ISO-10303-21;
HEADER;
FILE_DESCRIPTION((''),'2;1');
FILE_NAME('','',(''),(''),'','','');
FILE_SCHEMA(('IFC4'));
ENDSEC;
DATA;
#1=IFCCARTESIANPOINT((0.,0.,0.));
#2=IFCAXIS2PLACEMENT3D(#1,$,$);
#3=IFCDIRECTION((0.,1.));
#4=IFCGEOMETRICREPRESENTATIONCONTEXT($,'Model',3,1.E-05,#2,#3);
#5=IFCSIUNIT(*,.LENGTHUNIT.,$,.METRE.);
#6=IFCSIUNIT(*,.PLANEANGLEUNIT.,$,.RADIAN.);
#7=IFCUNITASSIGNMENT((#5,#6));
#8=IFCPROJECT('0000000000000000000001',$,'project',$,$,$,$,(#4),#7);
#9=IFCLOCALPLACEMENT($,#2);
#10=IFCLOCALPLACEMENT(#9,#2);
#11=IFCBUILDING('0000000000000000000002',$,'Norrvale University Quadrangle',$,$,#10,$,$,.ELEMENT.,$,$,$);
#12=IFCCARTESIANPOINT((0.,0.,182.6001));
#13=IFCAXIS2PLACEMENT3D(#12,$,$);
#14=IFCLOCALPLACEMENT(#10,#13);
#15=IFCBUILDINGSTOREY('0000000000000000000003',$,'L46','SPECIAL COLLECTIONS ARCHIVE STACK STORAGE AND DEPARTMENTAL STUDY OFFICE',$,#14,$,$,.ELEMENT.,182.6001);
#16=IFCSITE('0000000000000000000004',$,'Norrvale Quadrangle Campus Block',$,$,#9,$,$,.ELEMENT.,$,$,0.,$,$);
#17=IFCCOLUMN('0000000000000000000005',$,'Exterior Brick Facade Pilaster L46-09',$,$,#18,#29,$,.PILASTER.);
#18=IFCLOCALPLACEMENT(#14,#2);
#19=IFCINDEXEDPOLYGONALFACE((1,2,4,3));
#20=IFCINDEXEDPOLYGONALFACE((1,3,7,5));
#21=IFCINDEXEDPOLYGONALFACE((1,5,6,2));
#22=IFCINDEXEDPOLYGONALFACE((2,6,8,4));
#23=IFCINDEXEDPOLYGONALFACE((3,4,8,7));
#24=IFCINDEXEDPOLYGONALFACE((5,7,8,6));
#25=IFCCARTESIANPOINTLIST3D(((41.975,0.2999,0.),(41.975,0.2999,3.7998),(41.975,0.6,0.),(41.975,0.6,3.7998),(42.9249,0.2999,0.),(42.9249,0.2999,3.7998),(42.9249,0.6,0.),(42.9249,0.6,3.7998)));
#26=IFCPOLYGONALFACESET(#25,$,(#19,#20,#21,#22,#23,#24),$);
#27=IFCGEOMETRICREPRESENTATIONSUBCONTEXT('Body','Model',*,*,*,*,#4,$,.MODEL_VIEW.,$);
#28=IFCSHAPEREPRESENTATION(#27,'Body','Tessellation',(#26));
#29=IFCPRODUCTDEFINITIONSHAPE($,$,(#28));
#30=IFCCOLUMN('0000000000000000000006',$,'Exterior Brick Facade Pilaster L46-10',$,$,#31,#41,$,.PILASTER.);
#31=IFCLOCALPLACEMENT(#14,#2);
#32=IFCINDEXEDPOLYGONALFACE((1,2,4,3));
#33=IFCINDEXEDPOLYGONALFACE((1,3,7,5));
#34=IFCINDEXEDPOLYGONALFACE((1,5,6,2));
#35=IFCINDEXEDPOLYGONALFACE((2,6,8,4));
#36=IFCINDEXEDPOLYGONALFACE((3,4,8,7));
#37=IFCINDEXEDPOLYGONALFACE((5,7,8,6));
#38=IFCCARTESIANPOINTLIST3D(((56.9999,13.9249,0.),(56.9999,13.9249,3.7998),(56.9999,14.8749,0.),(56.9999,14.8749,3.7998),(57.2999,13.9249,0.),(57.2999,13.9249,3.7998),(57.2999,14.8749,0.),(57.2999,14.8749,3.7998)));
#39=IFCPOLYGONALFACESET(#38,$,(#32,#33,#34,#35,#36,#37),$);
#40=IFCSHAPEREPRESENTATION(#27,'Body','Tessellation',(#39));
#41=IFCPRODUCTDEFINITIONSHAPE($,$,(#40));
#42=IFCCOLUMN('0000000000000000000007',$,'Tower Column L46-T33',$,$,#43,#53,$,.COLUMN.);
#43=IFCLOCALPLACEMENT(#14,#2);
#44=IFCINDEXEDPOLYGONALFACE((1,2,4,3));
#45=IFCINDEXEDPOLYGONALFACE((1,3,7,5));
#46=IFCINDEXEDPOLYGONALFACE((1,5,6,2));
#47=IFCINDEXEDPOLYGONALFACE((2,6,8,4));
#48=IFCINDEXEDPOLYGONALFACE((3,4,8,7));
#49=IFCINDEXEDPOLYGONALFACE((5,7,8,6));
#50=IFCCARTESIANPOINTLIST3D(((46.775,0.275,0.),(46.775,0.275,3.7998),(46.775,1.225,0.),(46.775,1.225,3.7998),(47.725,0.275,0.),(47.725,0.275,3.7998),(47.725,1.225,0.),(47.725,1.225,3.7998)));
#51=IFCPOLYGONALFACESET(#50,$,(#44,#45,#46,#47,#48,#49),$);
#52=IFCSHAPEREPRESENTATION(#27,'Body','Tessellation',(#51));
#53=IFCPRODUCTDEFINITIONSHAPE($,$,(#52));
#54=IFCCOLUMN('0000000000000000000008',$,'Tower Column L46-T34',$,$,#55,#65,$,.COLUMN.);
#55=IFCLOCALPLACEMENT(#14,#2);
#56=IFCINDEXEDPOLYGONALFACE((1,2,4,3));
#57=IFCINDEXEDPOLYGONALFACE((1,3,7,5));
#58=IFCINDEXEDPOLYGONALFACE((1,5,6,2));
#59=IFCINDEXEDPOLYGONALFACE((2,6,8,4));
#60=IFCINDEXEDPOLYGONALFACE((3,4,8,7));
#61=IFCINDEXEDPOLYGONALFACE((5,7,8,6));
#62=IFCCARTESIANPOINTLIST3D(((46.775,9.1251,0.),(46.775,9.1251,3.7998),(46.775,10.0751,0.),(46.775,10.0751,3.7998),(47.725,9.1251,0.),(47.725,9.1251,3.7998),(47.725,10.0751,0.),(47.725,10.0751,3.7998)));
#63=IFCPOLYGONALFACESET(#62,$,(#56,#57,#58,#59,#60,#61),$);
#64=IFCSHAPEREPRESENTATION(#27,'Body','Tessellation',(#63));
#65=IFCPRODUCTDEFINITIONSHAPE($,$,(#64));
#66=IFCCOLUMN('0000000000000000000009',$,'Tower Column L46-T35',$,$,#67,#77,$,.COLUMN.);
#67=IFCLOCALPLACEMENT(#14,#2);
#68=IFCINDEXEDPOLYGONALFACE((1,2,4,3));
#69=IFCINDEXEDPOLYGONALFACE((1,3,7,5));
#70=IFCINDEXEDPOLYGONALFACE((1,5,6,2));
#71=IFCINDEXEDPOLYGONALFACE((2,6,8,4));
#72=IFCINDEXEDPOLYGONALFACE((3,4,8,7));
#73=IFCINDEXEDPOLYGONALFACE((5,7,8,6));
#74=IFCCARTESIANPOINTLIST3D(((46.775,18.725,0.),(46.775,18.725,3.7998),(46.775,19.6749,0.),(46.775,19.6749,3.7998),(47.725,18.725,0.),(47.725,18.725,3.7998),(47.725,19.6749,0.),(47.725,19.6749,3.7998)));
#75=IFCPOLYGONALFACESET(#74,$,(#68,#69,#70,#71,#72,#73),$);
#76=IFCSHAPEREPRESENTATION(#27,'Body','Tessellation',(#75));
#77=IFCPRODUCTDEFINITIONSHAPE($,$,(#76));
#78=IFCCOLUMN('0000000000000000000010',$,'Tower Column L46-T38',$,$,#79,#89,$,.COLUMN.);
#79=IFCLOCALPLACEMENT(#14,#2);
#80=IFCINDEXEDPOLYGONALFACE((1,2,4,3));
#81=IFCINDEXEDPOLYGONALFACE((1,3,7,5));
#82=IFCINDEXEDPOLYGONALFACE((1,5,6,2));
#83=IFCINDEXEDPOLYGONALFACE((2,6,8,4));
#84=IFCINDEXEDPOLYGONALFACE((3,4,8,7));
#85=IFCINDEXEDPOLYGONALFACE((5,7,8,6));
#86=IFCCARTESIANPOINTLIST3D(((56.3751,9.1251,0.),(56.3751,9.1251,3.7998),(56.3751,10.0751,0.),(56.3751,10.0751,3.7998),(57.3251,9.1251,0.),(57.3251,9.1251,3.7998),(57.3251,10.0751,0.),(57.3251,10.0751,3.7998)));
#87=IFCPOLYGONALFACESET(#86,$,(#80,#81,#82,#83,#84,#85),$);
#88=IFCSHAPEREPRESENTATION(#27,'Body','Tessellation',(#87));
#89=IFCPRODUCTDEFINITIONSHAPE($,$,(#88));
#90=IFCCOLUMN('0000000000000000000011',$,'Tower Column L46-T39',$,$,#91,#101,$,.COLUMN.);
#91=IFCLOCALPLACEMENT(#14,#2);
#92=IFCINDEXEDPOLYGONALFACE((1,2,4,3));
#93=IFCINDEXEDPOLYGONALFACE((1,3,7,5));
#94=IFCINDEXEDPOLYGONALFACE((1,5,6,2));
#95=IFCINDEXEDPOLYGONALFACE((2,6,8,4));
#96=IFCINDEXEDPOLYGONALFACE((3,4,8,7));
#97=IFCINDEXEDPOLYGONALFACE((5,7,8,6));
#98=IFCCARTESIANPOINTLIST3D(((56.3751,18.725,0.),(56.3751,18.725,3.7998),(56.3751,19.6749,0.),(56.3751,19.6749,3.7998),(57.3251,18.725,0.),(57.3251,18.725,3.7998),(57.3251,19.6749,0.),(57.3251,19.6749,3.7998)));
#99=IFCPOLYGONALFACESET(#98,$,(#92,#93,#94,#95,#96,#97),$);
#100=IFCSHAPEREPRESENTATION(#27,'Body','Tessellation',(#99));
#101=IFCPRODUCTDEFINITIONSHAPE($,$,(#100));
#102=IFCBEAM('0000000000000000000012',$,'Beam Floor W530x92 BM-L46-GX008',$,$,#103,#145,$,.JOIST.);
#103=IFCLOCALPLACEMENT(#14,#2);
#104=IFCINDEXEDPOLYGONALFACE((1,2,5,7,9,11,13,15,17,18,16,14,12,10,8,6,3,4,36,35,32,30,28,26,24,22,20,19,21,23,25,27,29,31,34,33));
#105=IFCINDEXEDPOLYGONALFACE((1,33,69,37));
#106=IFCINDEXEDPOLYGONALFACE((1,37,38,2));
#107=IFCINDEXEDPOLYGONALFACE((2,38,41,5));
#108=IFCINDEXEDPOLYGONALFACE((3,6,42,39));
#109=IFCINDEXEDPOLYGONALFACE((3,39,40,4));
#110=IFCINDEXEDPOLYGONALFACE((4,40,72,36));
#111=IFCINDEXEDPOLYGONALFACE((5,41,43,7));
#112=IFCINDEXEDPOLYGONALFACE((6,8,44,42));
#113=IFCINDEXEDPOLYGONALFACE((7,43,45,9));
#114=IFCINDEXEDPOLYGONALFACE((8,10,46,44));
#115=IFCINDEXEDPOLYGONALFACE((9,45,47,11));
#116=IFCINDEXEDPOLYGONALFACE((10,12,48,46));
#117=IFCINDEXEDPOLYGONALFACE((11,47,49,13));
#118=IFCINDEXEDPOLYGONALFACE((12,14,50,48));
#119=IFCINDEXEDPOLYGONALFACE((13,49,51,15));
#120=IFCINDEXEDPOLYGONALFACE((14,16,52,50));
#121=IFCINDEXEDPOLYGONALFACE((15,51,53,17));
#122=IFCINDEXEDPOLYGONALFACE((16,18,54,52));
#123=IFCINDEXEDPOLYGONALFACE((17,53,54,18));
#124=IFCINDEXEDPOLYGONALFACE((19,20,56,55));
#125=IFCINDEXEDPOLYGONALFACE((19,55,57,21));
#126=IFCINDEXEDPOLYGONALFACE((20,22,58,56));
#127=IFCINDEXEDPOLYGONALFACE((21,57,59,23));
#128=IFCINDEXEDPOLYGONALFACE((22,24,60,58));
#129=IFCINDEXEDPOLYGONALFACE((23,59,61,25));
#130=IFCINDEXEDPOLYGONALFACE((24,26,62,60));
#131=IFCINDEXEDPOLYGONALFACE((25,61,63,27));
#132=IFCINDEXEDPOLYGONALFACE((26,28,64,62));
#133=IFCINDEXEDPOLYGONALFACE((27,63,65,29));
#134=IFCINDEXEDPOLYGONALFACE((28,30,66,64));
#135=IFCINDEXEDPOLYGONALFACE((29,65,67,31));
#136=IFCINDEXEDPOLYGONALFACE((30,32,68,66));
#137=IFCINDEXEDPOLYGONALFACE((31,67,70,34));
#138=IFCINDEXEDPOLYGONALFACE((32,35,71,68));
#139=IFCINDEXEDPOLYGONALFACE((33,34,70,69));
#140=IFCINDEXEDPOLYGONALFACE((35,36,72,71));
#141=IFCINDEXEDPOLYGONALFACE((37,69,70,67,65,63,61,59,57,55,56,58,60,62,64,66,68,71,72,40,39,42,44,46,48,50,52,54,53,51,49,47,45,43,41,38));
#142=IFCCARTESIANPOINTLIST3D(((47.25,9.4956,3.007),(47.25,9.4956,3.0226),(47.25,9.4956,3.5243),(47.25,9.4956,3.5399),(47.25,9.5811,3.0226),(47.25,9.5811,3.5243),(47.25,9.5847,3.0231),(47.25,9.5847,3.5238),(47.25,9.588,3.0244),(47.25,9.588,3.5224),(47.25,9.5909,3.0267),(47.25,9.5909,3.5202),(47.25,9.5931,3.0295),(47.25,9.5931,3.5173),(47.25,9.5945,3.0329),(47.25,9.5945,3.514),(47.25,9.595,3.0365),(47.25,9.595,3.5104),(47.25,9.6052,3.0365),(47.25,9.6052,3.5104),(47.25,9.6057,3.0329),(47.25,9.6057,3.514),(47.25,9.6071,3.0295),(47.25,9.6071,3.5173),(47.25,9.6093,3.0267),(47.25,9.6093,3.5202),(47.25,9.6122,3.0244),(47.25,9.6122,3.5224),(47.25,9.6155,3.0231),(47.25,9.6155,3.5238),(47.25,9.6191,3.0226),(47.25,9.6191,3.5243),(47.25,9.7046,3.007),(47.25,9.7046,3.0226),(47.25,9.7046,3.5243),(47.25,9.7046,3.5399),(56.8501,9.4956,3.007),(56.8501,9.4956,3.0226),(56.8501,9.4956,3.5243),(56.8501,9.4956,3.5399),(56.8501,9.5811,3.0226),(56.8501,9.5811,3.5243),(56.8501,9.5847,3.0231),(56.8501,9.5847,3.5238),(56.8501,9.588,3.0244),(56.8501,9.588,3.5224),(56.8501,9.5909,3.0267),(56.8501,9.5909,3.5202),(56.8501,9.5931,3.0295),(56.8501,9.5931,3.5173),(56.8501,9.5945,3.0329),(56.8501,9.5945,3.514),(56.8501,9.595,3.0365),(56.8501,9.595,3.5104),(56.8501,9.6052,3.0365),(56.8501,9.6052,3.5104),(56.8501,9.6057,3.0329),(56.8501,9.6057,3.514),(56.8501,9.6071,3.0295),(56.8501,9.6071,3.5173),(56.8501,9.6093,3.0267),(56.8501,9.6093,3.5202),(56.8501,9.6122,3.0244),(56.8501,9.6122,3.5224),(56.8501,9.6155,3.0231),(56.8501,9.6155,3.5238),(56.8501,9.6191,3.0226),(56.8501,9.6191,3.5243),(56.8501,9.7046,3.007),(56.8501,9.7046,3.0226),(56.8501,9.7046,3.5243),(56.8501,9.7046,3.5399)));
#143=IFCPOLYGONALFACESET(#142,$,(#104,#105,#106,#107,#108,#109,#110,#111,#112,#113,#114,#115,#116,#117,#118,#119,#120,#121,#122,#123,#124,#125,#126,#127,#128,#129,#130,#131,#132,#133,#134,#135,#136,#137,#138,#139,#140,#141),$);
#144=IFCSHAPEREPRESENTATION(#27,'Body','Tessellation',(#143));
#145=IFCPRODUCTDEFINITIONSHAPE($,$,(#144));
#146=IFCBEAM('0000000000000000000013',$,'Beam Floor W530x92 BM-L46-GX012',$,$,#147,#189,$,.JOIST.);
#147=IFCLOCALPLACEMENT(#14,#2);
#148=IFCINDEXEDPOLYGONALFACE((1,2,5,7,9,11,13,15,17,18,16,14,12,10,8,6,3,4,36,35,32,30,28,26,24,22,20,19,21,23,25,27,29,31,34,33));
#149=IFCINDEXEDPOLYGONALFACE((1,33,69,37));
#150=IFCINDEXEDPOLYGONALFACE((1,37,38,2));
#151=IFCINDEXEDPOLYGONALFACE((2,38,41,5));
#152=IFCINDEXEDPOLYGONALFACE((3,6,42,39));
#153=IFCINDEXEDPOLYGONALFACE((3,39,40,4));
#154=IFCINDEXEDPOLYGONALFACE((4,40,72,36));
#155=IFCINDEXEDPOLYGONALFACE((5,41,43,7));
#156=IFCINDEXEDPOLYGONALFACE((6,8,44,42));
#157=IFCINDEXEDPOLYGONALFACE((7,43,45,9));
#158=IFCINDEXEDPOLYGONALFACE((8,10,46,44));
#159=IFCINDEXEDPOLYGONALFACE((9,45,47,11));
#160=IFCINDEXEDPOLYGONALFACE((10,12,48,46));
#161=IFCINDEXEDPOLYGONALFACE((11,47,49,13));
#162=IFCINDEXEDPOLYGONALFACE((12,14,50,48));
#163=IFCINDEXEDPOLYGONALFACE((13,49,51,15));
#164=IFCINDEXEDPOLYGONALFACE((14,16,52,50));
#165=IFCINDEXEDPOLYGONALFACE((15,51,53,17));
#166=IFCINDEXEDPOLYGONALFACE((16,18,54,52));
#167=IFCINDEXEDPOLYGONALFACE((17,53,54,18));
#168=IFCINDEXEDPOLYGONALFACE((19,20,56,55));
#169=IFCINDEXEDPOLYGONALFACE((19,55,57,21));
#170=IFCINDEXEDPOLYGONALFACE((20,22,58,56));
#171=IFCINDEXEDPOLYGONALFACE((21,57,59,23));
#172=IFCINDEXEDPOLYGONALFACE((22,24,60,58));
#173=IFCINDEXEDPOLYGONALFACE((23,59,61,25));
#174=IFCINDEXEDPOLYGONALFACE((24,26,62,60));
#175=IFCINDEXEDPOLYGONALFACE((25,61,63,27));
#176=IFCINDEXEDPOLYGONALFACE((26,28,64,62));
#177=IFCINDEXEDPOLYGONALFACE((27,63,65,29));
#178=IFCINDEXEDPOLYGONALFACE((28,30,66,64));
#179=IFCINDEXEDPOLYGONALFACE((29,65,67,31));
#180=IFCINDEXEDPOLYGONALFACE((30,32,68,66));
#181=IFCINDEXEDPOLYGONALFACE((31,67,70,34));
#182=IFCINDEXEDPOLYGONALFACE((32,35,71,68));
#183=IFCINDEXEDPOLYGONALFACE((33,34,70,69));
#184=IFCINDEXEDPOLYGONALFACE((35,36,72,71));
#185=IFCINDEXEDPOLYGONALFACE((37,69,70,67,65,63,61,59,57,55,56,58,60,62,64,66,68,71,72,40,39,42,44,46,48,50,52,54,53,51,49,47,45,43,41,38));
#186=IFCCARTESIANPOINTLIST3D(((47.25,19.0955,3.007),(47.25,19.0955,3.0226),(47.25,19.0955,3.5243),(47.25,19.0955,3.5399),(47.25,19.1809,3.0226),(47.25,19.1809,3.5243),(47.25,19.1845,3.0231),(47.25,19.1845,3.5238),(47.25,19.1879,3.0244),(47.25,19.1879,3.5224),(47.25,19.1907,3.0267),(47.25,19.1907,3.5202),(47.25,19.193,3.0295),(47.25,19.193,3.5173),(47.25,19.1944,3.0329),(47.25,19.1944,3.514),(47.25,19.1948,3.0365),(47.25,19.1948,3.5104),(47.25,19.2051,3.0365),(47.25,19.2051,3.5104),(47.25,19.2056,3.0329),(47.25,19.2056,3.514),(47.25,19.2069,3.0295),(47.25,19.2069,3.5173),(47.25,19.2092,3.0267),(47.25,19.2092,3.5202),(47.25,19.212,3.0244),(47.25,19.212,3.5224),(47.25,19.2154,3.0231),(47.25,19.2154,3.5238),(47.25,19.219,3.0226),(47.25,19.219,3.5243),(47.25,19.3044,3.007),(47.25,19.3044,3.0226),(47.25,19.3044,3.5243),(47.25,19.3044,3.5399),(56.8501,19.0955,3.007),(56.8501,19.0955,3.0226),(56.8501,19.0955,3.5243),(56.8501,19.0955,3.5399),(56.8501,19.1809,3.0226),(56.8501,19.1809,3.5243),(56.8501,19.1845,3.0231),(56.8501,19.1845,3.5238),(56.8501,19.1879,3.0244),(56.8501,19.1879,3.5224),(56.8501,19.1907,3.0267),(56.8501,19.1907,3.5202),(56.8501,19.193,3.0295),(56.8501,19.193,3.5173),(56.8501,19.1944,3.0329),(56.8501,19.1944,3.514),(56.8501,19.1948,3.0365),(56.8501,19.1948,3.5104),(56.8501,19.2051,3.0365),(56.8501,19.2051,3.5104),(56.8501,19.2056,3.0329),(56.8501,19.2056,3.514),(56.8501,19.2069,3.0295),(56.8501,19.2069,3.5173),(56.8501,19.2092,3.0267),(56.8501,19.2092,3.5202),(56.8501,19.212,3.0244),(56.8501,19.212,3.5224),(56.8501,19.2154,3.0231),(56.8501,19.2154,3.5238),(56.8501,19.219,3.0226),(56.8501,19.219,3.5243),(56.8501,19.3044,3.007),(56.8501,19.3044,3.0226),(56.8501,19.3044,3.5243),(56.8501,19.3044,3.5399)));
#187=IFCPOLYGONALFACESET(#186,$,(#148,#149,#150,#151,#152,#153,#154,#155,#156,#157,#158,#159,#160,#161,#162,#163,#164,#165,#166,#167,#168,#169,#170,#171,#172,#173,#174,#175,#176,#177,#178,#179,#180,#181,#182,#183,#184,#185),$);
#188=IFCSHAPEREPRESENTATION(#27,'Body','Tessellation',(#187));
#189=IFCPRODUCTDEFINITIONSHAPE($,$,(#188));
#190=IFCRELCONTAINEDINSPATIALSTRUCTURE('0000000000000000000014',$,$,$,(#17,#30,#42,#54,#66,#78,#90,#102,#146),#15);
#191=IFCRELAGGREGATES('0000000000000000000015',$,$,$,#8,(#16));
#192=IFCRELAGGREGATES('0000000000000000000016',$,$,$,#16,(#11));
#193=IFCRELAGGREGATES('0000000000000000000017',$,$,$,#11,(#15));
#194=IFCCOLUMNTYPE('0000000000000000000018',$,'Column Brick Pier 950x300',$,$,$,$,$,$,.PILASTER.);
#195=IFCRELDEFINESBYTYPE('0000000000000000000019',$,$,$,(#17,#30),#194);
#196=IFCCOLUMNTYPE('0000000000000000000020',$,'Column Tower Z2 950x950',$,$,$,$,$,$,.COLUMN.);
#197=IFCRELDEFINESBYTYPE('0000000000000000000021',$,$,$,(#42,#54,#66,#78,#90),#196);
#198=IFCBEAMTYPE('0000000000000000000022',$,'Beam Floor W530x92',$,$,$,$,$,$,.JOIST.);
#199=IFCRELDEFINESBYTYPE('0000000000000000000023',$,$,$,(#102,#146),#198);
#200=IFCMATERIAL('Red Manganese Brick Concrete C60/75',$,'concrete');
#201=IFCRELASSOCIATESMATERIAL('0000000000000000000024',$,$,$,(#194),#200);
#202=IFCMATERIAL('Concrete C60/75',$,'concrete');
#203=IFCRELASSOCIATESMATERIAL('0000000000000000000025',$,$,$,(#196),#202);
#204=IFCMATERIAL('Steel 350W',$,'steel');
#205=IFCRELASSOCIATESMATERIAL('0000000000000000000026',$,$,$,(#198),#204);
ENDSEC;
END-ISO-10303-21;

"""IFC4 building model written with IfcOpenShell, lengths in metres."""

from ifc_helpers import new_model, si_unit, direction, frame, origin, origin_2d, place, context, subcontext, project, spatial, rectangle, i_section, extrude, material, material_profile, profile_set, type_object, element, save


model = new_model("IFC4")

# Units and contexts
model_context = context("Model", 3, precision=1e-05, world=origin(), true_north=direction((0.0, 1.0)))
body_context = subcontext(model_context, "Body", "Model", "MODEL_VIEW")
ifc_project = project(units=[si_unit("LENGTHUNIT", "METRE"), si_unit("PLANEANGLEUNIT", "RADIAN")], contexts=[model_context])

# Site, building, storey
site_placement = place(None, origin())
site = spatial("IfcSite", under=ifc_project, at=site_placement, Name="Norrvale Quadrangle Campus Block", CompositionType="ELEMENT", RefElevation=0.0)
building_placement = place(site_placement, origin())
building = spatial("IfcBuilding", under=site, at=building_placement, Name="Norrvale University Quadrangle", CompositionType="ELEMENT")
storey_placement = place(building_placement, frame((0.0, 0.0, 182.6001)))
storey = spatial("IfcBuildingStorey", under=building, at=storey_placement, Name="L46", Description="SPECIAL COLLECTIONS ARCHIVE STACK STORAGE AND DEPARTMENTAL STUDY OFFICE", CompositionType="ELEMENT", Elevation=182.6001)

# Columns
ifc_material_1 = material(Name="Red Manganese Brick Concrete C60/75", Category="concrete")
ifc_material_profile_1 = material_profile(ifc_material_1, rectangle(XDim=0.95, YDim=0.3, at=origin_2d()), Name="Red Manganese Brick Concrete C60/75")
ifc_profile_set_1 = profile_set([ifc_material_profile_1], Name="Red Manganese Brick Concrete C60/75")
column_type_1 = type_object("IfcColumnType", Name="Column Brick Pier 950x300", PredefinedType="PILASTER", material=ifc_profile_set_1)
for number, where, z_axis, x_axis, name in (
    (1, (42.45, 0.45, 0.0), (0.0, 0.0, 1.0), (1.0, 0.0, 0.0), "Exterior Brick Facade Pilaster L46-09"),
    (2, (57.1499, 14.3999, 0.0), (0.0, 0.0, 1.0), (0.0, 1.0, 0.0), "Exterior Brick Facade Pilaster L46-10"),
):
    element("IfcColumn", number, at=place(storey_placement, frame(where, z_axis=z_axis, x_axis=x_axis)), inside=storey, type_object=column_type_1, Name=name, PredefinedType="PILASTER", context=body_context, shape_type="SweptSolid", body=[
        extrude(rectangle(XDim=0.95, YDim=0.3, at=origin_2d()), origin(), (0.0, 0.0, 1.0), 3.7998),
    ])
ifc_material_2 = material(Name="Concrete C60/75", Category="concrete")
ifc_material_profile_2 = material_profile(ifc_material_2, rectangle(XDim=0.95, YDim=0.95, at=origin_2d()), Name="Concrete C60/75")
ifc_profile_set_2 = profile_set([ifc_material_profile_2], Name="Concrete C60/75")
column_type_2 = type_object("IfcColumnType", Name="Column Tower Z2 950x950", PredefinedType="COLUMN", material=ifc_profile_set_2)
for number, where, z_axis, x_axis, name in (
    (3, (47.25, 0.75, 0.0), (0.0, 0.0, 1.0), (1.0, 0.0, 0.0), "Tower Column L46-T33"),
    (4, (47.25, 9.6001, 0.0), (0.0, 0.0, 1.0), (1.0, 0.0, 0.0), "Tower Column L46-T34"),
    (5, (47.25, 19.2, 0.0), (0.0, 0.0, 1.0), (1.0, 0.0, 0.0), "Tower Column L46-T35"),
    (6, (56.8501, 9.6001, 0.0), (0.0, 0.0, 1.0), (1.0, 0.0, 0.0), "Tower Column L46-T38"),
    (7, (56.8501, 19.2, 0.0), (0.0, 0.0, 1.0), (1.0, 0.0, 0.0), "Tower Column L46-T39"),
):
    element("IfcColumn", number, at=place(storey_placement, frame(where, z_axis=z_axis, x_axis=x_axis)), inside=storey, type_object=column_type_2, Name=name, PredefinedType="COLUMN", context=body_context, shape_type="SweptSolid", body=[
        extrude(rectangle(XDim=0.95, YDim=0.95, at=origin_2d()), origin(), (0.0, 0.0, 1.0), 3.7998),
    ])

# Beams
ifc_material_3 = material(Name="Steel 350W", Category="steel")
ifc_material_profile_3 = material_profile(ifc_material_3, i_section(OverallWidth=0.209, OverallDepth=0.533, WebThickness=0.0103, FlangeThickness=0.0156, FilletRadius=0.0139, at=origin_2d()), Name="Steel 350W")
ifc_profile_set_3 = profile_set([ifc_material_profile_3], Name="Steel 350W")
beam_type_1 = type_object("IfcBeamType", Name="Beam Floor W530x92", PredefinedType="JOIST", material=ifc_profile_set_3)
for number, where, z_axis, x_axis, name in (
    (8, (47.25, 9.6001, 3.2734), (1.0, 0.0, 0.0), (0.0, 1.0, 0.0), "Beam Floor W530x92 BM-L46-GX008"),
    (9, (47.25, 19.2, 3.2734), (1.0, 0.0, 0.0), (0.0, 1.0, 0.0), "Beam Floor W530x92 BM-L46-GX012"),
):
    element("IfcBeam", number, at=place(storey_placement, frame(where, z_axis=z_axis, x_axis=x_axis)), inside=storey, type_object=beam_type_1, Name=name, PredefinedType="JOIST", context=body_context, shape_type="SweptSolid", body=[
        extrude(i_section(OverallWidth=0.209, OverallDepth=0.533, WebThickness=0.0103, FlangeThickness=0.0156, FilletRadius=0.0139, at=origin_2d()), origin(), (0.0, 0.0, 1.0), 9.6001),
    ])

save(model, "model.ifc")
